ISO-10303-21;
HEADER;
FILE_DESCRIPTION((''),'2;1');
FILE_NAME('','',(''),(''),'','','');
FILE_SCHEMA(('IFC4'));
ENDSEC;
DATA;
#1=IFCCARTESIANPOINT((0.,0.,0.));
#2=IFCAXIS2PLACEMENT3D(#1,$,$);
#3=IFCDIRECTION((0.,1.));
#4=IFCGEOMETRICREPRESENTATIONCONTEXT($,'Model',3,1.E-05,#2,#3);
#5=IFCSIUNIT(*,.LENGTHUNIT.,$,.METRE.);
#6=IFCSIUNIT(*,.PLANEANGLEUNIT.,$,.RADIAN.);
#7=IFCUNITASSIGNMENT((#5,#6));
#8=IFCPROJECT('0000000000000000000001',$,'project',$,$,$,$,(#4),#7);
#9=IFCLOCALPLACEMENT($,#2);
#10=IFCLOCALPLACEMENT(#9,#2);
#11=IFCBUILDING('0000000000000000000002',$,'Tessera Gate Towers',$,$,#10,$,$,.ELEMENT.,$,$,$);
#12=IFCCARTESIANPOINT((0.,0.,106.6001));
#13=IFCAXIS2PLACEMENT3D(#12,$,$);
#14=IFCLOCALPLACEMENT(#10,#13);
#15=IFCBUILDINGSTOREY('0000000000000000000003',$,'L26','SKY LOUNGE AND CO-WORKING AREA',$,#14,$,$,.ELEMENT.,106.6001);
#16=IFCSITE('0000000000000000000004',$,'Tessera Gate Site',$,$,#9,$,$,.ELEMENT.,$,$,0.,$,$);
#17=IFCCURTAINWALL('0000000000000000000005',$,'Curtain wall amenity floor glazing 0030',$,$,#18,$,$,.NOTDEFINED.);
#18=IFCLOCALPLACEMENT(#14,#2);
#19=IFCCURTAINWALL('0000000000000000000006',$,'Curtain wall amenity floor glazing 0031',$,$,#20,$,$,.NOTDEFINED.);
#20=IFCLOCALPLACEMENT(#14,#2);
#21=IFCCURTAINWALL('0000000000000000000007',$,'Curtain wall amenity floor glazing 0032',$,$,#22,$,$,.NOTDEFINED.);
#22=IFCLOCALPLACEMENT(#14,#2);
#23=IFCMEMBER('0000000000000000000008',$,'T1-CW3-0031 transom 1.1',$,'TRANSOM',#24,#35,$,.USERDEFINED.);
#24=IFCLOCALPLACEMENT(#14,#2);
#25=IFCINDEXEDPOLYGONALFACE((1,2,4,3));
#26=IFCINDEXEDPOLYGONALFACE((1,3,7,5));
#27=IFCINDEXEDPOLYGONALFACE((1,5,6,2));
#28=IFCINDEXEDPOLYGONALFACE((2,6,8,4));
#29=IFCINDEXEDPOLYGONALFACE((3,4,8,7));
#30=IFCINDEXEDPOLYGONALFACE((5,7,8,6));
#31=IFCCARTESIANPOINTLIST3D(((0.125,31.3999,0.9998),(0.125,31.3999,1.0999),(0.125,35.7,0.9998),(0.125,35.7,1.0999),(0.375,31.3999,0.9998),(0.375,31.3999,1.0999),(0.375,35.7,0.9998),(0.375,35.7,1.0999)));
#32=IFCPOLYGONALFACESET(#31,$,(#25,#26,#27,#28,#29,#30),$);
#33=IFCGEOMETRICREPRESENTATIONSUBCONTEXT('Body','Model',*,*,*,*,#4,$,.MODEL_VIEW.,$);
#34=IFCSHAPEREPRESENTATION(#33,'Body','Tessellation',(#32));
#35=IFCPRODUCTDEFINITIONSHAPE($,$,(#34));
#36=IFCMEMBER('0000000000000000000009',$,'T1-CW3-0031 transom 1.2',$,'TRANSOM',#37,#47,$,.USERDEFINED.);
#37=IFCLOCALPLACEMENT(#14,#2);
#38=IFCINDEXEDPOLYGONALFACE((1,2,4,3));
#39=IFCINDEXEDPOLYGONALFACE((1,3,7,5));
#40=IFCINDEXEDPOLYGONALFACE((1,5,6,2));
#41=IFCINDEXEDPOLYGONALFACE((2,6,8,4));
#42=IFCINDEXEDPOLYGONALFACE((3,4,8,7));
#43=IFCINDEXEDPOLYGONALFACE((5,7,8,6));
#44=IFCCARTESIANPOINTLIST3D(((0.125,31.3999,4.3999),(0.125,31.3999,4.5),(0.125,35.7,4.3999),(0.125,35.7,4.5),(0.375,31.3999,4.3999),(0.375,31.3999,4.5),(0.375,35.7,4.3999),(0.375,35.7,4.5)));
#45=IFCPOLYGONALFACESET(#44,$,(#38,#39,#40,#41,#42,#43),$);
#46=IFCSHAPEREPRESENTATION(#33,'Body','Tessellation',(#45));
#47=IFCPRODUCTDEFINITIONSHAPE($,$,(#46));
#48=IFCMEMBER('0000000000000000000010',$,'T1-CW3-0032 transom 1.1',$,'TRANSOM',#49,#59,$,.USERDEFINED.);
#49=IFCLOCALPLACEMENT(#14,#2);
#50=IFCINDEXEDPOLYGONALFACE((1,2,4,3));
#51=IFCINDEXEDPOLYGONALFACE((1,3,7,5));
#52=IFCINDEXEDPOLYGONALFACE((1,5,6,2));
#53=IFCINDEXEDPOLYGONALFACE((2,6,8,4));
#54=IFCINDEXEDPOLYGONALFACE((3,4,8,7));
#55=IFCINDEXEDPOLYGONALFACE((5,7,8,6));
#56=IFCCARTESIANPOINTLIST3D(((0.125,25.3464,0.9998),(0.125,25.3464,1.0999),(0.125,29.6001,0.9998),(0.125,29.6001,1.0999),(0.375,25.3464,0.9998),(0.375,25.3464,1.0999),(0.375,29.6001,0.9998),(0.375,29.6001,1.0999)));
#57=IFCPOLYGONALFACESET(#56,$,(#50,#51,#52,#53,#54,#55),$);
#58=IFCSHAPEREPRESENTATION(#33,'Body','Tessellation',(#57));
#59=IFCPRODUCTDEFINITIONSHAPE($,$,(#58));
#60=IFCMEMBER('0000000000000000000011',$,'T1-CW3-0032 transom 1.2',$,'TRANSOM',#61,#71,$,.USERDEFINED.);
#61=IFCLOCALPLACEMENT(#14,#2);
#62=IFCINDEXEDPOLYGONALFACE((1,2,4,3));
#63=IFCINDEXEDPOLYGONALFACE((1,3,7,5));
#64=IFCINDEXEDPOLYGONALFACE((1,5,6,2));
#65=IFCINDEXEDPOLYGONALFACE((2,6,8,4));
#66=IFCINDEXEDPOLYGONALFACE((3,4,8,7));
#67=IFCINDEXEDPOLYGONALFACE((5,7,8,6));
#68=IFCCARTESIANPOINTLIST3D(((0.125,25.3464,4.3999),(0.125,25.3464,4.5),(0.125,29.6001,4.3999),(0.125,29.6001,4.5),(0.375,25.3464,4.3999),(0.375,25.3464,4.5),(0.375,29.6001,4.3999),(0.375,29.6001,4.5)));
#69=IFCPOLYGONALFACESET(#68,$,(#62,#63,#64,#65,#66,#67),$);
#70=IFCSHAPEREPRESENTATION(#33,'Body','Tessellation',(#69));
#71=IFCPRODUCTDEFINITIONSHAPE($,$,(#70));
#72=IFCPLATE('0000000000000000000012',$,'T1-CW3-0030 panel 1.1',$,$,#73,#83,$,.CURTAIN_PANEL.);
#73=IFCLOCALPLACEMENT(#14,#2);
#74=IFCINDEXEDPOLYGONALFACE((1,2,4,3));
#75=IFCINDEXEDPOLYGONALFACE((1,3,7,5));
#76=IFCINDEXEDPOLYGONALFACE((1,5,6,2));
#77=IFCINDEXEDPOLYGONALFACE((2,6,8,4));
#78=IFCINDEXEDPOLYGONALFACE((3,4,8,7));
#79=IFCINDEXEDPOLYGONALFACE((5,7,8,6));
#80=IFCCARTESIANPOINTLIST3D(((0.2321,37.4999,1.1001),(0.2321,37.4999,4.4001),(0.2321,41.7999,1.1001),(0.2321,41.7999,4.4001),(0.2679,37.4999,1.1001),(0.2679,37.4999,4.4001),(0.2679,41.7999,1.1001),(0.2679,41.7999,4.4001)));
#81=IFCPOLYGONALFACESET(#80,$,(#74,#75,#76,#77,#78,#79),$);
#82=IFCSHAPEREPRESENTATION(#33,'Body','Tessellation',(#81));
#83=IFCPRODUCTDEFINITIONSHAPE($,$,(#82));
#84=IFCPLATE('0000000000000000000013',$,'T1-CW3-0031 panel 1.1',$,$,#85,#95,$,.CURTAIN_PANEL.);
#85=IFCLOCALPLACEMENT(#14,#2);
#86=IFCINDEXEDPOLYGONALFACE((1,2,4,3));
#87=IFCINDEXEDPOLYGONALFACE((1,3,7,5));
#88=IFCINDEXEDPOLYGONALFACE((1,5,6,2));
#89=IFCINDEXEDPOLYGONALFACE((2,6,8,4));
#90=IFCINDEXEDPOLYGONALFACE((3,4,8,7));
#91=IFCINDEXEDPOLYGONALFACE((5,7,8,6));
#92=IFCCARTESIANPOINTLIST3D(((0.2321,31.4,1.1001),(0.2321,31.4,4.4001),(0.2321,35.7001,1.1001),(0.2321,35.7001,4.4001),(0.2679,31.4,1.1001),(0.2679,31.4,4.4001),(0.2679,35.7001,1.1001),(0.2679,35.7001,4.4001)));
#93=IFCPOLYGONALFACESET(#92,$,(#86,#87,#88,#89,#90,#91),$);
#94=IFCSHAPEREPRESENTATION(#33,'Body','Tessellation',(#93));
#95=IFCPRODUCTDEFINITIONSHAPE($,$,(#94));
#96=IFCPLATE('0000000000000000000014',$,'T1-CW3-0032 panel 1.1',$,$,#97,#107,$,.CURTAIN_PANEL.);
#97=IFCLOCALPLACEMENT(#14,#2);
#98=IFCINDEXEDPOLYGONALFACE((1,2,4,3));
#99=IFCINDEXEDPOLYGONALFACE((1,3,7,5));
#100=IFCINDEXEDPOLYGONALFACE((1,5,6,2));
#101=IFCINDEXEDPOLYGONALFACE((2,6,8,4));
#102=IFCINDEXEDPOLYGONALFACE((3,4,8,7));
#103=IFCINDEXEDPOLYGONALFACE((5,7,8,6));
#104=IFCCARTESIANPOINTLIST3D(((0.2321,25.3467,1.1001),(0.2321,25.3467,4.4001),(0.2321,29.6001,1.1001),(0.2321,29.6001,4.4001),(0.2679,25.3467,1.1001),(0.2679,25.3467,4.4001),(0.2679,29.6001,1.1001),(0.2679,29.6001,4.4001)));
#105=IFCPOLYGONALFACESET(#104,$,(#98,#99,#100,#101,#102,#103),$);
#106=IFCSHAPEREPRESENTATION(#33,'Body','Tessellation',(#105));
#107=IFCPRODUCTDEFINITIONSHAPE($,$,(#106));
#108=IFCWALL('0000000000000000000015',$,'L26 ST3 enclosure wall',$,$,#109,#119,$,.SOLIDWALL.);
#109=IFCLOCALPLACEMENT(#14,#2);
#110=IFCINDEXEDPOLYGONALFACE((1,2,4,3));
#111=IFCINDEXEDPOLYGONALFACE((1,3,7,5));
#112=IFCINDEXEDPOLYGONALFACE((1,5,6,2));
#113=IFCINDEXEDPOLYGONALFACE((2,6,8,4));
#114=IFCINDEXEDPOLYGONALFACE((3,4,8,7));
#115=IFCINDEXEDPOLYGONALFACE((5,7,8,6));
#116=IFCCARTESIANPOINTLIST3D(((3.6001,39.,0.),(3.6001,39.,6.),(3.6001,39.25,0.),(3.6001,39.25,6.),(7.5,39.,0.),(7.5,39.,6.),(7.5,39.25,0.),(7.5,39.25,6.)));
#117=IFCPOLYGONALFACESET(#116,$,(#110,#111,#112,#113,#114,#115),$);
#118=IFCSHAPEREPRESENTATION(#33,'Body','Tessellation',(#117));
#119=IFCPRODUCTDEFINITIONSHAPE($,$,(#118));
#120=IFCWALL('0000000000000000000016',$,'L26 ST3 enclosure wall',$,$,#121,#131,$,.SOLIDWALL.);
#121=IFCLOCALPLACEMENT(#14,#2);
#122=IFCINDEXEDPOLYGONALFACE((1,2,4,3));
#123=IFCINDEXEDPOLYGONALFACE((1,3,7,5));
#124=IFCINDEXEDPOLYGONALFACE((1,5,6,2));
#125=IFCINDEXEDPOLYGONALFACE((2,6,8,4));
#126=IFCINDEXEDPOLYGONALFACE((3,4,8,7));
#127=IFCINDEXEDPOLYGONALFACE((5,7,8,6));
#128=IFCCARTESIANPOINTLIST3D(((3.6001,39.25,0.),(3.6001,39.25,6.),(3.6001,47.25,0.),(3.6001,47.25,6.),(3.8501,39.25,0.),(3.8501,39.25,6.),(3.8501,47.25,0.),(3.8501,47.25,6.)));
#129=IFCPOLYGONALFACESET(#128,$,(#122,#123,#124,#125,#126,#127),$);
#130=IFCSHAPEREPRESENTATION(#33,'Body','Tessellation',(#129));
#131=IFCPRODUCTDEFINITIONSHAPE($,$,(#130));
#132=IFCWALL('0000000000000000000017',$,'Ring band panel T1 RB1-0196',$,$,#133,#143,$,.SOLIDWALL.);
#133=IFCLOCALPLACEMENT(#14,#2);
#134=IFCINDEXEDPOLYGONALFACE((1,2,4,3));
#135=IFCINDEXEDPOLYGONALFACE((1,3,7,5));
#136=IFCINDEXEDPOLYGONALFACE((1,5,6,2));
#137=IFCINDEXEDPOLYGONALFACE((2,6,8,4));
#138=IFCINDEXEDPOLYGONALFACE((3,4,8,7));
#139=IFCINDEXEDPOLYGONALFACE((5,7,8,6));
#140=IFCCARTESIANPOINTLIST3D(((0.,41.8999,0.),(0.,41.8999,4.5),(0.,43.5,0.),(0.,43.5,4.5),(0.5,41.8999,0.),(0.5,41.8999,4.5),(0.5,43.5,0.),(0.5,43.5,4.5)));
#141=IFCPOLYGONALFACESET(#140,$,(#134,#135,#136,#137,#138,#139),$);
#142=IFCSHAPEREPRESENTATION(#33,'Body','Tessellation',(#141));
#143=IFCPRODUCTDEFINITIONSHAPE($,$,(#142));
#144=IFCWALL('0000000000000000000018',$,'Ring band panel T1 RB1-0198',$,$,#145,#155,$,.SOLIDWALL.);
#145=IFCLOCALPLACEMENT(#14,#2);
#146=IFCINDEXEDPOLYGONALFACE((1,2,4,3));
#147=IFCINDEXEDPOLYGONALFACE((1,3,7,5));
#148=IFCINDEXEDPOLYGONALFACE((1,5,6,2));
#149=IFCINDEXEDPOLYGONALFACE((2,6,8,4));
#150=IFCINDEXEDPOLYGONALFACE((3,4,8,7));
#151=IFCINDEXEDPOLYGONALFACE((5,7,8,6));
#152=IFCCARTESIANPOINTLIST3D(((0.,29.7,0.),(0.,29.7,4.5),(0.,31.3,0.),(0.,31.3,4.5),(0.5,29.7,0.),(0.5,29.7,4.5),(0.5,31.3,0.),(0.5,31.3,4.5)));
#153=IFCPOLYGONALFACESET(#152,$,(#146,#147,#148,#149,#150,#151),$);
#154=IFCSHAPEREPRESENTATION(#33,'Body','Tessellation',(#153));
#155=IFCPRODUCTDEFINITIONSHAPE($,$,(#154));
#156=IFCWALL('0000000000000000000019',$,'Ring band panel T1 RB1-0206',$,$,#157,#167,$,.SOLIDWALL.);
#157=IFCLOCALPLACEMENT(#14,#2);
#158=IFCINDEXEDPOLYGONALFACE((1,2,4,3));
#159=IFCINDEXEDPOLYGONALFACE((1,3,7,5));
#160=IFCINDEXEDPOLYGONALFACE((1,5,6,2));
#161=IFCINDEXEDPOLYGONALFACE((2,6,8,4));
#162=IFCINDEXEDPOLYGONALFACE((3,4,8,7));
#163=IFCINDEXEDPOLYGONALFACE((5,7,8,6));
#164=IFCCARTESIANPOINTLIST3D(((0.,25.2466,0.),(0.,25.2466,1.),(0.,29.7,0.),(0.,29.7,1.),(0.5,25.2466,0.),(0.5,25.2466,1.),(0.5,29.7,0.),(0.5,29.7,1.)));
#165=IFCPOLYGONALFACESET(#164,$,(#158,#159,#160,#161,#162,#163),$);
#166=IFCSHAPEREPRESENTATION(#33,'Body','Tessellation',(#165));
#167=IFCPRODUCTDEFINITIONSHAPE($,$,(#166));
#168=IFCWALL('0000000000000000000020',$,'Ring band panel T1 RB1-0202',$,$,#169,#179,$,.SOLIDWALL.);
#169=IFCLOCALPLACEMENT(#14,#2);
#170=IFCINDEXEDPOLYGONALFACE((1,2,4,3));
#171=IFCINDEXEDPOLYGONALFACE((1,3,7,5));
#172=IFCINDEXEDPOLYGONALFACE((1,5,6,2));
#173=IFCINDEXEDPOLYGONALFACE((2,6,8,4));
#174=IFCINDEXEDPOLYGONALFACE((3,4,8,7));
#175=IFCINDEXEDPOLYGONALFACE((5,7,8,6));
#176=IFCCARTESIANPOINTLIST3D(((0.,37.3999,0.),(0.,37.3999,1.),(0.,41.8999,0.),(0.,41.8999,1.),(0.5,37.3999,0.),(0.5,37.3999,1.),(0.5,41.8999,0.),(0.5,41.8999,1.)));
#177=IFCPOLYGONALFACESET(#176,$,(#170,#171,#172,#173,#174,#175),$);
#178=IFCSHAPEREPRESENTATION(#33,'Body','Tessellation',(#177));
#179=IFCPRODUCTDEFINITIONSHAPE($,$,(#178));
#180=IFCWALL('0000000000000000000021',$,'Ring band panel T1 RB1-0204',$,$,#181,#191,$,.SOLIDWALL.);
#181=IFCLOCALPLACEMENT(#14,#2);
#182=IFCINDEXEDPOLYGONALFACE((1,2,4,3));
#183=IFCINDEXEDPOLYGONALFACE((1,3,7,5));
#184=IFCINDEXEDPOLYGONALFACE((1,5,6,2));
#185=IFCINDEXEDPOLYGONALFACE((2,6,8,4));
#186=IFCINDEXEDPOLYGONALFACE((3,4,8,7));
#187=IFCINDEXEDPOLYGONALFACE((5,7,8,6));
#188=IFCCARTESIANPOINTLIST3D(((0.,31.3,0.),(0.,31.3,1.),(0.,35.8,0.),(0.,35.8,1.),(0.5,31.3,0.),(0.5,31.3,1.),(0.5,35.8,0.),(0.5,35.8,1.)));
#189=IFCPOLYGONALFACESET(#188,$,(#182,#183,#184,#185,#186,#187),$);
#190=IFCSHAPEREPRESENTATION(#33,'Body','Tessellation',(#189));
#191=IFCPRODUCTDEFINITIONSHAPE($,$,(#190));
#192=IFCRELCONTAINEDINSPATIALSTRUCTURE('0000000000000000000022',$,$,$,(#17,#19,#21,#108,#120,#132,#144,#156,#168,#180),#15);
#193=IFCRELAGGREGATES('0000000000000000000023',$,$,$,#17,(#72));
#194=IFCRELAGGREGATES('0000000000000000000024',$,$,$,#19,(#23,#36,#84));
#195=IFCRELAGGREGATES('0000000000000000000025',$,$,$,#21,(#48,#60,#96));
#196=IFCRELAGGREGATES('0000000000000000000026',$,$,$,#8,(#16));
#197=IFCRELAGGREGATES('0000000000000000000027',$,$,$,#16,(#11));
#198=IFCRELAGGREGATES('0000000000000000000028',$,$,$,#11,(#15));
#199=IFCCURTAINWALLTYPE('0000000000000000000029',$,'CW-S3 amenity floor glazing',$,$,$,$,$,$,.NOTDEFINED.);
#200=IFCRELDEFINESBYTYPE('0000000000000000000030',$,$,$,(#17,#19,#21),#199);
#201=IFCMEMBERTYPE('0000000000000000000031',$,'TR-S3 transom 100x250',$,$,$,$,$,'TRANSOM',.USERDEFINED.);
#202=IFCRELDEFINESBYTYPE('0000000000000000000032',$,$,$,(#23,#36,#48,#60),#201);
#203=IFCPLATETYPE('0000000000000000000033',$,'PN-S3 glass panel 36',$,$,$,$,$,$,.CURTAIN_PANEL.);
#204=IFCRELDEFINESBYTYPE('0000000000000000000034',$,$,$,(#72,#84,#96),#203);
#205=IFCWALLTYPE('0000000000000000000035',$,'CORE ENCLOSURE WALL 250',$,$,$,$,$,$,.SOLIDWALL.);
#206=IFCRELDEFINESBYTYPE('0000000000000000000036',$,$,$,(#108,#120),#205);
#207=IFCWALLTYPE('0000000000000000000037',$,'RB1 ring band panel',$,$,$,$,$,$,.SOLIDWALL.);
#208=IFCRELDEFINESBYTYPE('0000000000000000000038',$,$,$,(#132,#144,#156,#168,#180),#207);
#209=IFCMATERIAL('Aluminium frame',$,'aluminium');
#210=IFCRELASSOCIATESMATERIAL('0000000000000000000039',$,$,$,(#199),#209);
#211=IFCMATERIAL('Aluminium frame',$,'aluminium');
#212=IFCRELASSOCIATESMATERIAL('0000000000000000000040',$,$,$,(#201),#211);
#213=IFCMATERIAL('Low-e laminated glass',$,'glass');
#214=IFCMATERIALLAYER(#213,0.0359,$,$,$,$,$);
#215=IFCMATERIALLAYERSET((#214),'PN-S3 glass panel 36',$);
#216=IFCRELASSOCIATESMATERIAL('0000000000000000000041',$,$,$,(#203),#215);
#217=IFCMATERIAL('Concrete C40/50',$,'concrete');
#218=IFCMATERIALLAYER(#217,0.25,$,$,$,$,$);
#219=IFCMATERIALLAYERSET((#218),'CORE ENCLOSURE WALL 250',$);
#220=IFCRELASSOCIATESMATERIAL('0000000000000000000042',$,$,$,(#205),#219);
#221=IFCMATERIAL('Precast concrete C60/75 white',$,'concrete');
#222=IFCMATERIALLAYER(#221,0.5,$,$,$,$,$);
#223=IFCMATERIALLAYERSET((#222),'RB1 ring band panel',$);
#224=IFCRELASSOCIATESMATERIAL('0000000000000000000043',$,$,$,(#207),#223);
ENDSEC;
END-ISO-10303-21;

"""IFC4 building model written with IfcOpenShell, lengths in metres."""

from ifc_helpers import new_model, si_unit, direction, frame, frame_2d, origin, origin_2d, place, context, subcontext, project, spatial, polyline, rectangle, outline, extrude, source, transform, mapped, material, layer, layer_set, material_profile, profile_set, type_object, element, aggregate, save


model = new_model("IFC4")

# Units and contexts
model_context = context("Model", 3, precision=1e-05, world=origin(), true_north=direction((0.0, 1.0)))
body_context = subcontext(model_context, "Body", "Model", "MODEL_VIEW")
ifc_project = project(units=[si_unit("LENGTHUNIT", "METRE"), si_unit("PLANEANGLEUNIT", "RADIAN")], contexts=[model_context])

# Site, building, storey
site_placement = place(None, origin())
site = spatial("IfcSite", under=ifc_project, at=site_placement, Name="Tessera Gate Site", CompositionType="ELEMENT", RefElevation=0.0)
building_placement = place(site_placement, origin())
building = spatial("IfcBuilding", under=site, at=building_placement, Name="Tessera Gate Towers", CompositionType="ELEMENT")
storey_placement = place(building_placement, frame((0.0, 0.0, 106.6001)))
storey = spatial("IfcBuildingStorey", under=building, at=storey_placement, Name="L26", Description="SKY LOUNGE AND CO-WORKING AREA", CompositionType="ELEMENT", Elevation=106.6001)

# Shared definitions
ifc_material_1 = material(Name="Aluminium frame", Category="aluminium")
curtain_wall_type = type_object("IfcCurtainWallType", Name="CW-S3 amenity floor glazing", PredefinedType="NOTDEFINED", material=ifc_material_1)

# Curtain walls
curtain_wall_1_placement = place(storey_placement, origin())
curtain_wall_1 = element("IfcCurtainWall", 1, at=curtain_wall_1_placement, inside=storey, type_object=curtain_wall_type, Name="Curtain wall amenity floor glazing 0030", PredefinedType="NOTDEFINED")
curtain_wall_2_placement = place(storey_placement, origin())
curtain_wall_2 = element("IfcCurtainWall", 2, at=curtain_wall_2_placement, inside=storey, type_object=curtain_wall_type, Name="Curtain wall amenity floor glazing 0031", PredefinedType="NOTDEFINED")
curtain_wall_3_placement = place(storey_placement, origin())
curtain_wall_3 = element("IfcCurtainWall", 3, at=curtain_wall_3_placement, inside=storey, type_object=curtain_wall_type, Name="Curtain wall amenity floor glazing 0032", PredefinedType="NOTDEFINED")

# Members
ifc_material_2 = material(Name="Aluminium frame", Category="aluminium")
ifc_material_profile_1 = material_profile(ifc_material_2, rectangle(XDim=0.25, YDim=0.1001, at=origin_2d()), Name="AL 100x250")
ifc_profile_set_1 = profile_set([ifc_material_profile_1], Name="Aluminium frame")
member_type_1 = type_object("IfcMemberType", Name="TR-S3 transom 100x250", ElementType="TRANSOM", PredefinedType="USERDEFINED", material=ifc_profile_set_1)
member_1_placement = place(storey_placement, frame((0.25, 35.7, 1.0498), z_axis=(0.0, -1.0, 0.0), x_axis=(1.0, 0.0, 0.0)))
member_1 = element("IfcMember", 4, at=member_1_placement, type_object=member_type_1, Name="T1-CW3-0031 transom 1.1", ObjectType="TRANSOM", PredefinedType="USERDEFINED", context=body_context, shape_type="SweptSolid", body=[
    extrude(rectangle(XDim=0.25, YDim=0.1001, at=origin_2d()), origin(), (0.0, 0.0, 1.0), 4.3),
])
member_2_placement = place(storey_placement, frame((0.25, 35.7, 4.45), z_axis=(0.0, -1.0, 0.0), x_axis=(1.0, 0.0, 0.0)))
member_2 = element("IfcMember", 5, at=member_2_placement, type_object=member_type_1, Name="T1-CW3-0031 transom 1.2", ObjectType="TRANSOM", PredefinedType="USERDEFINED", context=body_context, shape_type="SweptSolid", body=[
    extrude(rectangle(XDim=0.25, YDim=0.1001, at=origin_2d()), origin(), (0.0, 0.0, 1.0), 4.3),
])
member_3_placement = place(storey_placement, frame((0.25, 29.6001, 1.0498), z_axis=(0.0, -1.0, 0.0), x_axis=(1.0, 0.0, 0.0)))
member_3 = element("IfcMember", 6, at=member_3_placement, type_object=member_type_1, Name="T1-CW3-0032 transom 1.1", ObjectType="TRANSOM", PredefinedType="USERDEFINED", context=body_context, shape_type="SweptSolid", body=[
    extrude(rectangle(XDim=0.25, YDim=0.1001, at=origin_2d()), origin(), (0.0, 0.0, 1.0), 4.2537),
])
member_4_placement = place(storey_placement, frame((0.25, 29.6001, 4.45), z_axis=(0.0, -1.0, 0.0), x_axis=(1.0, 0.0, 0.0)))
member_4 = element("IfcMember", 7, at=member_4_placement, type_object=member_type_1, Name="T1-CW3-0032 transom 1.2", ObjectType="TRANSOM", PredefinedType="USERDEFINED", context=body_context, shape_type="SweptSolid", body=[
    extrude(rectangle(XDim=0.25, YDim=0.1001, at=origin_2d()), origin(), (0.0, 0.0, 1.0), 4.2537),
])

# Plates
ifc_material_3 = material(Name="Low-e laminated glass", Category="glass")
ifc_layer_1 = layer(ifc_material_3, 0.0359)
ifc_layer_set_1 = layer_set([ifc_layer_1], Name="PN-S3 glass panel 36")
plate_type = type_object("IfcPlateType", Name="PN-S3 glass panel 36", PredefinedType="CURTAIN_PANEL", material=ifc_layer_set_1)
plate_1_placement = place(storey_placement, frame((0.25, 39.6499, 1.1001), z_axis=(0.0, 0.0, 1.0), x_axis=(0.0, -1.0, 0.0)))
plate_1 = element("IfcPlate", 8, at=plate_1_placement, type_object=plate_type, Name="T1-CW3-0030 panel 1.1", PredefinedType="CURTAIN_PANEL", context=body_context, shape_type="SweptSolid", body=[
    extrude(rectangle(XDim=4.3, YDim=0.0359, at=origin_2d()), origin(), (0.0, 0.0, 1.0), 3.3),
])
aggregate(curtain_wall_1, [plate_1])
plate_2_placement = place(storey_placement, frame((0.25, 33.55, 1.1001), z_axis=(0.0, 0.0, 1.0), x_axis=(0.0, -1.0, 0.0)))
plate_2 = element("IfcPlate", 9, at=plate_2_placement, type_object=plate_type, Name="T1-CW3-0031 panel 1.1", PredefinedType="CURTAIN_PANEL", context=body_context, shape_type="SweptSolid", body=[
    extrude(rectangle(XDim=4.3, YDim=0.0359, at=origin_2d()), origin(), (0.0, 0.0, 1.0), 3.3),
])
aggregate(curtain_wall_2, [member_1, member_2, plate_2])
plate_3_placement = place(storey_placement, frame((0.25, 27.4734, 1.1001), z_axis=(0.0, 0.0, 1.0), x_axis=(0.0, -1.0, 0.0)))
plate_3 = element("IfcPlate", 10, at=plate_3_placement, type_object=plate_type, Name="T1-CW3-0032 panel 1.1", PredefinedType="CURTAIN_PANEL", context=body_context, shape_type="SweptSolid", body=[
    extrude(rectangle(XDim=4.2534, YDim=0.0359, at=origin_2d()), origin(), (0.0, 0.0, 1.0), 3.3),
])
aggregate(curtain_wall_3, [member_3, member_4, plate_3])

# Walls
ifc_material_4 = material(Name="Concrete C40/50", Category="concrete")
ifc_layer_2 = layer(ifc_material_4, 0.25)
ifc_layer_set_2 = layer_set([ifc_layer_2], Name="CORE ENCLOSURE WALL 250")
wall_type_1 = type_object("IfcWallType", Name="CORE ENCLOSURE WALL 250", PredefinedType="SOLIDWALL", material=ifc_layer_set_2)
wall_1_placement = place(storey_placement, frame((7.5, 39.125, 0.0), z_axis=(0.0, 0.0, 1.0), x_axis=(-1.0, 0.0, 0.0)))
element("IfcWall", 11, at=wall_1_placement, inside=storey, type_object=wall_type_1, Name="L26 ST3 enclosure wall", PredefinedType="SOLIDWALL", context=body_context, shape_type="SweptSolid", body=[
    extrude(rectangle(XDim=3.8999, YDim=0.25, at=frame_2d((1.95, 0.0))), origin(), (0.0, 0.0, 1.0), 6.0),
])
wall_2_placement = place(storey_placement, frame((3.7251, 39.25, 0.0), z_axis=(0.0, 0.0, 1.0), x_axis=(0.0, 1.0, 0.0)))
element("IfcWall", 12, at=wall_2_placement, inside=storey, type_object=wall_type_1, Name="L26 ST3 enclosure wall", PredefinedType="SOLIDWALL", context=body_context, shape_type="SweptSolid", body=[
    extrude(rectangle(XDim=8.0, YDim=0.25, at=frame_2d((4.0, 0.0))), origin(), (0.0, 0.0, 1.0), 6.0),
])
ifc_material_5 = material(Name="Precast concrete C60/75 white", Category="concrete")
ifc_layer_3 = layer(ifc_material_5, 0.5)
ifc_layer_set_3 = layer_set([ifc_layer_3], Name="RB1 ring band panel")
wall_type_2 = type_object("IfcWallType", Name="RB1 ring band panel", PredefinedType="SOLIDWALL", material=ifc_layer_set_3)
shared_shape_1 = source(origin(), body_context, "Body", "SweptSolid", [
    extrude(outline(polyline([(0.0, 0.0), (1.6001, 0.0), (1.6001, 4.5), (0.0, 4.5), (0.0, 0.0)])), frame((0.0, 0.25, 0.0), z_axis=(0.0, -1.0, 0.0), x_axis=(1.0, 0.0, 0.0)), (0.0, 0.0, 1.0), 0.5),
])
for number, where, z_axis, x_axis, name in (
    (13, (0.25, 43.5, 0.0), (0.0, 0.0, 1.0), (0.0, -1.0, 0.0), "Ring band panel T1 RB1-0196"),
    (14, (0.25, 31.3, 0.0), (0.0, 0.0, 1.0), (0.0, -1.0, 0.0), "Ring band panel T1 RB1-0198"),
):
    element("IfcWall", number, at=place(storey_placement, frame(where, z_axis=z_axis, x_axis=x_axis)), inside=storey, type_object=wall_type_2, Name=name, PredefinedType="SOLIDWALL", context=body_context, shape_type="MappedRepresentation", body=[
        mapped(shared_shape_1, transform((0.0, 0.0, 0.0), scale=1.0)),
    ])
shared_shape_2 = source(origin(), body_context, "Body", "SweptSolid", [
    extrude(outline(polyline([(0.0, 0.0), (4.4534, 0.0), (4.4534, 1.0), (0.0, 1.0), (0.0, 0.0)])), frame((0.0, 0.25, 0.0), z_axis=(0.0, -1.0, 0.0), x_axis=(1.0, 0.0, 0.0)), (0.0, 0.0, 1.0), 0.5),
])
wall_3_placement = place(storey_placement, frame((0.25, 29.7, 0.0), z_axis=(0.0, 0.0, 1.0), x_axis=(0.0, -1.0, 0.0)))
element("IfcWall", 15, at=wall_3_placement, inside=storey, type_object=wall_type_2, Name="Ring band panel T1 RB1-0206", PredefinedType="SOLIDWALL", context=body_context, shape_type="MappedRepresentation", body=[
    mapped(shared_shape_2, transform((0.0, 0.0, 0.0), scale=1.0)),
])
shared_shape_3 = source(origin(), body_context, "Body", "SweptSolid", [
    extrude(outline(polyline([(0.0, 0.0), (4.5, 0.0), (4.5, 1.0), (0.0, 1.0), (0.0, 0.0)])), frame((0.0, 0.25, 0.0), z_axis=(0.0, -1.0, 0.0), x_axis=(1.0, 0.0, 0.0)), (0.0, 0.0, 1.0), 0.5),
])
for number, where, z_axis, x_axis, name in (
    (16, (0.25, 41.8999, 0.0), (0.0, 0.0, 1.0), (0.0, -1.0, 0.0), "Ring band panel T1 RB1-0202"),
    (17, (0.25, 35.8, 0.0), (0.0, 0.0, 1.0), (0.0, -1.0, 0.0), "Ring band panel T1 RB1-0204"),
):
    element("IfcWall", number, at=place(storey_placement, frame(where, z_axis=z_axis, x_axis=x_axis)), inside=storey, type_object=wall_type_2, Name=name, PredefinedType="SOLIDWALL", context=body_context, shape_type="MappedRepresentation", body=[
        mapped(shared_shape_3, transform((0.0, 0.0, 0.0), scale=1.0)),
    ])

save(model, "model.ifc")
